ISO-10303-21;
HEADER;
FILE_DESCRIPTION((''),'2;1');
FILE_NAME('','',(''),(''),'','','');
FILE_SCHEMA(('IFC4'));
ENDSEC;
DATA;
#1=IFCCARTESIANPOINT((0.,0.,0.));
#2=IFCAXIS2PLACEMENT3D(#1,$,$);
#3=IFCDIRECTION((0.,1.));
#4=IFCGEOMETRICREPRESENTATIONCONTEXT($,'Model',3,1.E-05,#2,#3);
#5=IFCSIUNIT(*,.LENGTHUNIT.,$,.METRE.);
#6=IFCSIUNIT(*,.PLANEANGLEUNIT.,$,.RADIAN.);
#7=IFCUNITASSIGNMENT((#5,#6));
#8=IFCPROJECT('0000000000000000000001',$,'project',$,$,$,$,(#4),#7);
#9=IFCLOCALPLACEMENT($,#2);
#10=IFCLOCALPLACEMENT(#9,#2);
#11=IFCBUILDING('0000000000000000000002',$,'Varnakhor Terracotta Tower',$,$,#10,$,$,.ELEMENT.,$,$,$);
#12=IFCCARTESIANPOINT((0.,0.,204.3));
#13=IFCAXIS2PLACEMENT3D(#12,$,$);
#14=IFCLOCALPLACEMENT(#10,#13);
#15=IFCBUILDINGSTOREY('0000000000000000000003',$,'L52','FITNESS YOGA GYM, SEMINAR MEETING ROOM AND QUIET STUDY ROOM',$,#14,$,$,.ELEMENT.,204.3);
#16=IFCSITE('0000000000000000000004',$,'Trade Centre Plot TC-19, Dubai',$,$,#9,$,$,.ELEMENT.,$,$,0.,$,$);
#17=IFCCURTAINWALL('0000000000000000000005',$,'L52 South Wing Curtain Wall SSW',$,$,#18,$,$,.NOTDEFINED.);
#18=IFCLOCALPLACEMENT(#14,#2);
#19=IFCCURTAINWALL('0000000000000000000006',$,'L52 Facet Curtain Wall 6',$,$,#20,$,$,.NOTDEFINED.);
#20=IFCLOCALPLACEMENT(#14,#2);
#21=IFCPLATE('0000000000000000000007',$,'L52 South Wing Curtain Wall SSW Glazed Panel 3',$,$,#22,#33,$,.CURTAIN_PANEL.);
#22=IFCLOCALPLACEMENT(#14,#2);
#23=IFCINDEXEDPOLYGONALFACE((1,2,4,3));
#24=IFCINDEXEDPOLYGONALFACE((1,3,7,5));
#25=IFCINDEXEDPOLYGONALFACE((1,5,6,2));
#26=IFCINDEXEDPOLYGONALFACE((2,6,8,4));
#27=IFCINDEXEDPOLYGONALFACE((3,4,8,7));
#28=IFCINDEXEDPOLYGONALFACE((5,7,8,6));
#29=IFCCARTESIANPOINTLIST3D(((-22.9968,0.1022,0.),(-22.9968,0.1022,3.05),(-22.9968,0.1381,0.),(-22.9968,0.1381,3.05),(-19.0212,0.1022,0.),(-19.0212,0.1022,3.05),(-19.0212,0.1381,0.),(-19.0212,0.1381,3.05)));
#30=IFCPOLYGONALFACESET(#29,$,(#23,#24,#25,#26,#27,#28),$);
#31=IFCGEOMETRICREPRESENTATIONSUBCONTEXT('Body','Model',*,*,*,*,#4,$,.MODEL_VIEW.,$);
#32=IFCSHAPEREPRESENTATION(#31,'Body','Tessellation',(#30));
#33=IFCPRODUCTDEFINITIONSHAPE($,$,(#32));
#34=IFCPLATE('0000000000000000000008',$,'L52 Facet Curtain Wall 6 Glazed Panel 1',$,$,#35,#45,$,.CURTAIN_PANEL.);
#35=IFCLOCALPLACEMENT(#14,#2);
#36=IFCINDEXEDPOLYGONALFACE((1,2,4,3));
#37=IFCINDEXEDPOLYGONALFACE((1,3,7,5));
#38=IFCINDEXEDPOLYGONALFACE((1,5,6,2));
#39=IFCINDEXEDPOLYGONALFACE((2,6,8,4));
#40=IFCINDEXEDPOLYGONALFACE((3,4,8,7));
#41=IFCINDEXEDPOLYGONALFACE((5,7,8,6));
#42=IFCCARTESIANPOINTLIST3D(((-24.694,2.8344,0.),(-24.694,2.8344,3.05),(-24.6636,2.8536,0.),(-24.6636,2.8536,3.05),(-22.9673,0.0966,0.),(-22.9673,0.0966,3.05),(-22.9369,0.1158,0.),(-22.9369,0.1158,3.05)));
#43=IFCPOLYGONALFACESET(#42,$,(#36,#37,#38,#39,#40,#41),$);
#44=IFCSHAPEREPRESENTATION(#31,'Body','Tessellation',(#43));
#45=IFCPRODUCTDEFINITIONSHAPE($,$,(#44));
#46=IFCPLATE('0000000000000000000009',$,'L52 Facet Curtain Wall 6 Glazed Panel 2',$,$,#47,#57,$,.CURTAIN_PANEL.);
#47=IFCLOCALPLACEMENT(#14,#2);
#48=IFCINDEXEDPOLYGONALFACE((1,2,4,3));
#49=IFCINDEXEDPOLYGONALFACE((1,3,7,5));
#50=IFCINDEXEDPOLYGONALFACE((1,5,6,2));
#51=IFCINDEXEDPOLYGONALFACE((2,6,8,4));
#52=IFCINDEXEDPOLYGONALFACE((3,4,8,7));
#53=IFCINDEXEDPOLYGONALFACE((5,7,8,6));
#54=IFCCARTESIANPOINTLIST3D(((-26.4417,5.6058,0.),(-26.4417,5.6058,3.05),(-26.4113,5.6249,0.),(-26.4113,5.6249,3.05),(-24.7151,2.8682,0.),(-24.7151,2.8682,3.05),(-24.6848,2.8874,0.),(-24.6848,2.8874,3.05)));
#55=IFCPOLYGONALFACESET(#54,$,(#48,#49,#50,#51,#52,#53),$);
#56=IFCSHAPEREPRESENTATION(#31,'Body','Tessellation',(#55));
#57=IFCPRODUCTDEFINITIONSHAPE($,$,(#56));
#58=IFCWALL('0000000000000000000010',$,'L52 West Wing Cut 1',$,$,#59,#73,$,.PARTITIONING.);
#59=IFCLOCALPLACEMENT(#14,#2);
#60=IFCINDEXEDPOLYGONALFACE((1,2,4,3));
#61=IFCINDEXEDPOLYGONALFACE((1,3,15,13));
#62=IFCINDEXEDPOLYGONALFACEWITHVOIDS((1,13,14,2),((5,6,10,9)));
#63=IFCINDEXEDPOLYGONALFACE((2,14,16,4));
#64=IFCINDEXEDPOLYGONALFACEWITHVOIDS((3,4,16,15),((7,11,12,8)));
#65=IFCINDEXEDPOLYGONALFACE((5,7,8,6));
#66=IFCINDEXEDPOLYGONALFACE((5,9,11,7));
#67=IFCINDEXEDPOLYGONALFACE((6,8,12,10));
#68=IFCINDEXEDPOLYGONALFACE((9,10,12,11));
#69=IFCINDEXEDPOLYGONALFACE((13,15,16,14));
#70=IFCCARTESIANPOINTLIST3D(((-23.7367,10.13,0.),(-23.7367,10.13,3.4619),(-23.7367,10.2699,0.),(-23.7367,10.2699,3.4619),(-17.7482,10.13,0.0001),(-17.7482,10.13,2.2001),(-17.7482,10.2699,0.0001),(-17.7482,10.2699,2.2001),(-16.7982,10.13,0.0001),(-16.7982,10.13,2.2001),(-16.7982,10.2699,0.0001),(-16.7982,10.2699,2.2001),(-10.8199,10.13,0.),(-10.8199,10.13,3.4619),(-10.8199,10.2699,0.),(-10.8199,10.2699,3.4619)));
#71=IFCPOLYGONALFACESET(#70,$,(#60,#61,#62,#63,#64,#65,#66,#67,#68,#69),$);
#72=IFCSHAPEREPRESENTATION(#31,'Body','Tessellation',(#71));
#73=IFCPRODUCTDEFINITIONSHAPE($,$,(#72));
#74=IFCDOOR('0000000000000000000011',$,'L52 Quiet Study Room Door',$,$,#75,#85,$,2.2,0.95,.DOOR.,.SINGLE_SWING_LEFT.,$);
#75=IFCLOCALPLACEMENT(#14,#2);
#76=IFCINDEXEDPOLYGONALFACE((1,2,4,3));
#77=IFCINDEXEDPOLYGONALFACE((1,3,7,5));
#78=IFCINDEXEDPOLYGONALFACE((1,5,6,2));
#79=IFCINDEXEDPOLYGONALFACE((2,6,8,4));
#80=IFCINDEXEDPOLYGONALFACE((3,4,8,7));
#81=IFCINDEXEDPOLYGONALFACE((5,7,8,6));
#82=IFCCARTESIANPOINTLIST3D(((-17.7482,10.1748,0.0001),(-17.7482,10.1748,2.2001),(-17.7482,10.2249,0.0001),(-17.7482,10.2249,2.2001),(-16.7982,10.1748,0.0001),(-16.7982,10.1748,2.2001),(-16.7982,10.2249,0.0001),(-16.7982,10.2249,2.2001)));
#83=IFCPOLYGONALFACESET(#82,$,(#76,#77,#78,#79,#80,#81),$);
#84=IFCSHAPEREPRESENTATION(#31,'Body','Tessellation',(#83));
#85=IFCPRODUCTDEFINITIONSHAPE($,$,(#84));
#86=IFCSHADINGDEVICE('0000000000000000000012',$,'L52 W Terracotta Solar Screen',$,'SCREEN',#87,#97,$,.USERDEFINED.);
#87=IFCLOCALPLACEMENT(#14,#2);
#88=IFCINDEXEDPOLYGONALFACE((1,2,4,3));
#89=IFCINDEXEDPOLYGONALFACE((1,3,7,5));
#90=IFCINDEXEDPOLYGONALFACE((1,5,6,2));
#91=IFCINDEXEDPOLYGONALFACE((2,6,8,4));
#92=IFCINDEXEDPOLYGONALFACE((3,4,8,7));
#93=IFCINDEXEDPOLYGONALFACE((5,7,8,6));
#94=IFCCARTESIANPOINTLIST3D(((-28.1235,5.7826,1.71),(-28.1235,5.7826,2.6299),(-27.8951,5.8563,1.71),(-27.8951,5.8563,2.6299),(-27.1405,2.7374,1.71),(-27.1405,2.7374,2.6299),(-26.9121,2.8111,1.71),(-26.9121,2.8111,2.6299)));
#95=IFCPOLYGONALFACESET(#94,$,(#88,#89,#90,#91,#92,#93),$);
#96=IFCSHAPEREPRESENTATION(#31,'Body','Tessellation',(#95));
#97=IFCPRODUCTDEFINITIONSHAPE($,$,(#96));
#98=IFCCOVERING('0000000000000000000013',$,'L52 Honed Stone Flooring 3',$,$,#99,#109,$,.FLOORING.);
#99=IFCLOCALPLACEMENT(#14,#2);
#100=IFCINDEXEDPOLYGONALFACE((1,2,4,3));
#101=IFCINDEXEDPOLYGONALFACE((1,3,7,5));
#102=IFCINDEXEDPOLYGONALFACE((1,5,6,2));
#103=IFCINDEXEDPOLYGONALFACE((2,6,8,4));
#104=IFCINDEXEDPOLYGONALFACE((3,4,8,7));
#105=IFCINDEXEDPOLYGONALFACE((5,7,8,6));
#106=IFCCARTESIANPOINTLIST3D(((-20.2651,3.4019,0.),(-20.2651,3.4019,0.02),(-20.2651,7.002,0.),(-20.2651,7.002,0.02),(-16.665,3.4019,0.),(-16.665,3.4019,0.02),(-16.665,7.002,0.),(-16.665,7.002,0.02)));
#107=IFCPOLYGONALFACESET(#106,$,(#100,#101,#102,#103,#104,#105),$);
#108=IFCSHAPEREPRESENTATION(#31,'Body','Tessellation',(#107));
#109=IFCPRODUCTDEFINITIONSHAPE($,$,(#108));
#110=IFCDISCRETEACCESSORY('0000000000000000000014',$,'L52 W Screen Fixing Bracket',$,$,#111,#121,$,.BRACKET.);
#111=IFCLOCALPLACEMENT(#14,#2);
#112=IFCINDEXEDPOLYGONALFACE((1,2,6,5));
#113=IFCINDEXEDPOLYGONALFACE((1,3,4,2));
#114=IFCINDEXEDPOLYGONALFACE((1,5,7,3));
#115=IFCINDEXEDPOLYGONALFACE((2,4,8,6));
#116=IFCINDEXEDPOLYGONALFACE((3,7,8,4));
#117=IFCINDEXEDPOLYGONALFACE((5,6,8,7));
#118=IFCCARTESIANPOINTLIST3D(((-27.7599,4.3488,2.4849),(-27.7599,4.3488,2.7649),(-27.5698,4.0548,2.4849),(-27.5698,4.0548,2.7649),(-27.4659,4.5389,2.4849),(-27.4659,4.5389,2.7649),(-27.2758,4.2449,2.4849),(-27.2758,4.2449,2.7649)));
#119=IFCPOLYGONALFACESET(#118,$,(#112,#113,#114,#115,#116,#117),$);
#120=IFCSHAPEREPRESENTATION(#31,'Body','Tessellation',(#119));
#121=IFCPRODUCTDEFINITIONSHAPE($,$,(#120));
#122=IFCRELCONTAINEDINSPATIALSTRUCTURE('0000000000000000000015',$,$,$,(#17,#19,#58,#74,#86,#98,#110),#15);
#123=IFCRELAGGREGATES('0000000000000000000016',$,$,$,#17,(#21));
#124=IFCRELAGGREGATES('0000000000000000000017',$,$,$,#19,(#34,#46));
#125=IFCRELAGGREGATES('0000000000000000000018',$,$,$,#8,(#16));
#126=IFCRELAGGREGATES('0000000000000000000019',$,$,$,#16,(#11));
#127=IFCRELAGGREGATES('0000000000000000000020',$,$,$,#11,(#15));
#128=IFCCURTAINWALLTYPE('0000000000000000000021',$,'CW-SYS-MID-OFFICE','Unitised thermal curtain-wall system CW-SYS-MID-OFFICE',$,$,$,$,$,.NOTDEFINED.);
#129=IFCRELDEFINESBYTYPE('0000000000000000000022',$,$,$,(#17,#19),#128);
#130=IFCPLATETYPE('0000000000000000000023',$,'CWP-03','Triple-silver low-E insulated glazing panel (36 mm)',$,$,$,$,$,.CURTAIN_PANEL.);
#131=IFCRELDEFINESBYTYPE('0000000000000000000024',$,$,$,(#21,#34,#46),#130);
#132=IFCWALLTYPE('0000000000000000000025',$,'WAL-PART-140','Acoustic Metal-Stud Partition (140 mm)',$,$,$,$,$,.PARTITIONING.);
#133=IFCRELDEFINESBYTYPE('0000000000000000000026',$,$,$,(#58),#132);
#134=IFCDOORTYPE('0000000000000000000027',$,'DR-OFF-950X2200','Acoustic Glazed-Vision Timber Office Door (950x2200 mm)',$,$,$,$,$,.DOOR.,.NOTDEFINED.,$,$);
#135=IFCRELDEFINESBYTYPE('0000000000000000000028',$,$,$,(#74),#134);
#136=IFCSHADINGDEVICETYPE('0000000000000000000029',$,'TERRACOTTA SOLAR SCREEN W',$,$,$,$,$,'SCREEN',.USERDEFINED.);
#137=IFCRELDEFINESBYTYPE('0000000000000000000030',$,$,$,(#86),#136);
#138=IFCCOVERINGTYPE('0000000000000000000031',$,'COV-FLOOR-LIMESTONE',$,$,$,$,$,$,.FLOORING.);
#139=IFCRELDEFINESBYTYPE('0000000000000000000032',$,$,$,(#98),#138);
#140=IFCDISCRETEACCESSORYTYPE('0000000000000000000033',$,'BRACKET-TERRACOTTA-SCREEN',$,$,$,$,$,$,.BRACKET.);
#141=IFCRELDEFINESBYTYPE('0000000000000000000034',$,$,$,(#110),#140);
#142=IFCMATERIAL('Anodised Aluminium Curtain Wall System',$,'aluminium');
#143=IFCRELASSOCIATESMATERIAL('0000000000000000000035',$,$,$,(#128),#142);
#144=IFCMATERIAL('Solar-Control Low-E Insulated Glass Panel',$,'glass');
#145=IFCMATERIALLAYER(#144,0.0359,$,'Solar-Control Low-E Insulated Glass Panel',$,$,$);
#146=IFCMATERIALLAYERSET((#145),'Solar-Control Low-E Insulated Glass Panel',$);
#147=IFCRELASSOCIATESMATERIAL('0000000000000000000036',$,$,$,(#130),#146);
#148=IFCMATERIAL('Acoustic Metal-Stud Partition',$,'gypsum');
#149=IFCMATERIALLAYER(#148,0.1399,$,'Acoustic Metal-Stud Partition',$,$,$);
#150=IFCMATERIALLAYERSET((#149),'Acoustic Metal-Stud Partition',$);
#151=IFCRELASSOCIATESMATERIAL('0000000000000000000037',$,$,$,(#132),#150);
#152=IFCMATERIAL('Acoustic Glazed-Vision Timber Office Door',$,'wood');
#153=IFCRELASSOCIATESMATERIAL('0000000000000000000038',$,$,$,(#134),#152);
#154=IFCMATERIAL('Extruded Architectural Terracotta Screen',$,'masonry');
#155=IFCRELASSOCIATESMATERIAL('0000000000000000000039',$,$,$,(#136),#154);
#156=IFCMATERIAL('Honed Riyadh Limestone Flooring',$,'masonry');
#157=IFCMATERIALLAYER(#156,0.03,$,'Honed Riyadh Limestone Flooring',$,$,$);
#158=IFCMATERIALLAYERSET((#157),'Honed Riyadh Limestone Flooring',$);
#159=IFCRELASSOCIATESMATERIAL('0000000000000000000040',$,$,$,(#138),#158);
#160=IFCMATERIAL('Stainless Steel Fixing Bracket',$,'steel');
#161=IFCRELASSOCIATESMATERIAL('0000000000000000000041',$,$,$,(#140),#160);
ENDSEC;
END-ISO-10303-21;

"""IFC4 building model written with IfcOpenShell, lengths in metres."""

from ifc_helpers import new_model, si_unit, direction, frame, frame_2d, origin, origin_2d, place, context, subcontext, project, spatial, rectangle, extrude, source, transform, mapped, material, layer, layer_set, type_object, type_shapes, element, fill, aggregate, save


model = new_model("IFC4")

# Units and contexts
model_context = context("Model", 3, precision=1e-05, world=origin(), true_north=direction((0.0, 1.0)))
body_context = subcontext(model_context, "Body", "Model", "MODEL_VIEW")
ifc_project = project(units=[si_unit("LENGTHUNIT", "METRE"), si_unit("PLANEANGLEUNIT", "RADIAN")], contexts=[model_context])

# Site, building, storey
site_placement = place(None, origin())
site = spatial("IfcSite", under=ifc_project, at=site_placement, Name="Trade Centre Plot TC-19, Dubai", CompositionType="ELEMENT", RefElevation=0.0)
building_placement = place(site_placement, origin())
building = spatial("IfcBuilding", under=site, at=building_placement, Name="Varnakhor Terracotta Tower", CompositionType="ELEMENT")
storey_placement = place(building_placement, frame((0.0, 0.0, 204.3)))
storey = spatial("IfcBuildingStorey", under=building, at=storey_placement, Name="L52", Description="FITNESS YOGA GYM, SEMINAR MEETING ROOM AND QUIET STUDY ROOM", CompositionType="ELEMENT", Elevation=204.3)

# Curtain walls
ifc_material_1 = material(Name="Anodised Aluminium Curtain Wall System", Category="aluminium")
curtain_wall_type = type_object("IfcCurtainWallType", Name="CW-SYS-MID-OFFICE", Description="Unitised thermal curtain-wall system CW-SYS-MID-OFFICE", PredefinedType="NOTDEFINED", material=ifc_material_1)
curtain_wall_1_placement = place(storey_placement, origin())
curtain_wall_1 = element("IfcCurtainWall", 1, at=curtain_wall_1_placement, inside=storey, type_object=curtain_wall_type, Name="L52 South Wing Curtain Wall SSW", PredefinedType="NOTDEFINED")
curtain_wall_2_placement = place(storey_placement, origin())
curtain_wall_2 = element("IfcCurtainWall", 2, at=curtain_wall_2_placement, inside=storey, type_object=curtain_wall_type, Name="L52 Facet Curtain Wall 6", PredefinedType="NOTDEFINED")

# Plates
ifc_material_2 = material(Name="Solar-Control Low-E Insulated Glass Panel", Category="glass")
ifc_layer_1 = layer(ifc_material_2, 0.0359, Name="Solar-Control Low-E Insulated Glass Panel")
ifc_layer_set_1 = layer_set([ifc_layer_1], Name="Solar-Control Low-E Insulated Glass Panel")
plate_type = type_object("IfcPlateType", Name="CWP-03", Description="Triple-silver low-E insulated glazing panel (36 mm)", PredefinedType="CURTAIN_PANEL", material=ifc_layer_set_1)
shared_shape_1 = source(origin(), body_context, "Body", "SweptSolid", [
    extrude(rectangle(XDim=3.9756, YDim=0.0359, at=origin_2d()), origin(), (0.0, 0.0, 1.0), 3.05),
])
plate_1_placement = place(storey_placement, frame((-21.009, 0.1201, 0.0), z_axis=(0.0, 0.0, 1.0), x_axis=(-1.0, 0.0, 0.0)))
plate_1 = element("IfcPlate", 3, at=plate_1_placement, type_object=plate_type, Name="L52 South Wing Curtain Wall SSW Glazed Panel 3", PredefinedType="CURTAIN_PANEL", context=body_context, shape_type="MappedRepresentation", body=[
    mapped(shared_shape_1, transform((0.0, 0.0, 0.0), scale=1.0)),
])
aggregate(curtain_wall_1, [plate_1])
shared_shape_2 = source(origin(), body_context, "Body", "SweptSolid", [
    extrude(rectangle(XDim=3.2368, YDim=0.0359, at=origin_2d()), origin(), (0.0, 0.0, 1.0), 3.05),
])
plate_2_placement = place(storey_placement, frame((-23.8154, 1.4751, 0.0), z_axis=(0.0, 0.0, 1.0), x_axis=(-0.533452, 0.84583, 0.0)))
plate_2 = element("IfcPlate", 4, at=plate_2_placement, type_object=plate_type, Name="L52 Facet Curtain Wall 6 Glazed Panel 1", PredefinedType="CURTAIN_PANEL", context=body_context, shape_type="MappedRepresentation", body=[
    mapped(shared_shape_2, transform((0.0, 0.0, 0.0), scale=1.0)),
])
shared_shape_3 = source(origin(), body_context, "Body", "SweptSolid", [
    extrude(rectangle(XDim=3.2366, YDim=0.0359, at=origin_2d()), origin(), (0.0, 0.0, 1.0), 3.05),
])
plate_3_placement = place(storey_placement, frame((-25.5632, 4.2466, 0.0), z_axis=(0.0, 0.0, 1.0), x_axis=(-0.533452, 0.84583, 0.0)))
plate_3 = element("IfcPlate", 5, at=plate_3_placement, type_object=plate_type, Name="L52 Facet Curtain Wall 6 Glazed Panel 2", PredefinedType="CURTAIN_PANEL", context=body_context, shape_type="MappedRepresentation", body=[
    mapped(shared_shape_3, transform((0.0, 0.0, 0.0), scale=1.0)),
])
aggregate(curtain_wall_2, [plate_2, plate_3])

# Wall, opening, door
ifc_material_3 = material(Name="Acoustic Metal-Stud Partition", Category="gypsum")
ifc_layer_2 = layer(ifc_material_3, 0.1399, Name="Acoustic Metal-Stud Partition")
ifc_layer_set_2 = layer_set([ifc_layer_2], Name="Acoustic Metal-Stud Partition")
wall_type = type_object("IfcWallType", Name="WAL-PART-140", Description="Acoustic Metal-Stud Partition (140 mm)", PredefinedType="PARTITIONING", material=ifc_layer_set_2)
wall_placement = place(storey_placement, frame((-23.7368, 10.2, 0.0), z_axis=(0.0, 0.0, 1.0), x_axis=(1.0, 0.0, 0.0)))
wall = element("IfcWall", 6, at=wall_placement, inside=storey, type_object=wall_type, Name="L52 West Wing Cut 1", PredefinedType="PARTITIONING", context=body_context, shape_type="SweptSolid", body=[
    extrude(rectangle(XDim=12.9167, YDim=0.1399, at=frame_2d((6.4585, 0.0))), origin(), (0.0, 0.0, 1.0), 3.4619),
])
opening_placement = place(wall_placement, frame((5.9885, 0.0, 0.0)))
opening = element("IfcOpeningElement", 7, at=opening_placement, cuts=wall, PredefinedType="OPENING", context=body_context, shape_type="SweptSolid", body=[
    extrude(rectangle(XDim=0.95, YDim=2.2, at=frame_2d((0.4751, 1.1001))), frame((0.0, 0.0801, 0.0), z_axis=(0.0, -1.0, 0.0), x_axis=(1.0, 0.0, 0.0)), (0.0, 0.0, 1.0), 0.1599),
])
ifc_material_4 = material(Name="Acoustic Glazed-Vision Timber Office Door", Category="wood")
door_type = type_object("IfcDoorType", Name="DR-OFF-950X2200", Description="Acoustic Glazed-Vision Timber Office Door (950x2200 mm)", OperationType="NOTDEFINED", PredefinedType="DOOR", material=ifc_material_4)
shared_shape_4 = source(origin(), body_context, "Body", "SweptSolid", [
    extrude(rectangle(XDim=0.95, YDim=2.2, at=frame_2d((0.4751, 1.1001))), frame((0.0, 0.0249, 0.0), z_axis=(0.0, -1.0, 0.0), x_axis=(1.0, 0.0, 0.0)), (0.0, 0.0, 1.0), 0.05),
])
type_shapes(door_type, [shared_shape_4])
door_placement = place(opening_placement, origin())
door = element("IfcDoor", 8, at=door_placement, inside=storey, type_object=door_type, Name="L52 Quiet Study Room Door", OperationType="SINGLE_SWING_LEFT", OverallHeight=2.2, OverallWidth=0.95, PredefinedType="DOOR", context=body_context, shape_type="MappedRepresentation", body=[
    mapped(shared_shape_4, transform((0.0, 0.0, 0.0), scale=1.0)),
])
fill(opening, door)

# Shading device
ifc_material_5 = material(Name="Extruded Architectural Terracotta Screen", Category="masonry")
shading_device_type = type_object("IfcShadingDeviceType", Name="TERRACOTTA SOLAR SCREEN W", ElementType="SCREEN", PredefinedType="USERDEFINED", material=ifc_material_5)
shared_shape_5 = source(origin(), body_context, "Body", "SweptSolid", [
    extrude(rectangle(XDim=3.2, YDim=0.24, at=origin_2d()), origin(), (0.0, 0.0, 1.0), 0.9199),
])
type_shapes(shading_device_type, [shared_shape_5])
shading_device_placement = place(storey_placement, frame((-27.5178, 4.2969, 1.71), z_axis=(0.0, 0.0, 1.0), x_axis=(0.307191, -0.951648, 0.0)))
element("IfcShadingDevice", 9, at=shading_device_placement, inside=storey, type_object=shading_device_type, Name="L52 W Terracotta Solar Screen", ObjectType="SCREEN", PredefinedType="USERDEFINED", context=body_context, shape_type="MappedRepresentation", body=[
    mapped(shared_shape_5, transform((0.0, 0.0, 0.0), scale=1.0)),
])

# Covering
ifc_material_6 = material(Name="Honed Riyadh Limestone Flooring", Category="masonry")
ifc_layer_3 = layer(ifc_material_6, 0.03, Name="Honed Riyadh Limestone Flooring")
ifc_layer_set_3 = layer_set([ifc_layer_3], Name="Honed Riyadh Limestone Flooring")
covering_type = type_object("IfcCoveringType", Name="COV-FLOOR-LIMESTONE", PredefinedType="FLOORING", material=ifc_layer_set_3)
shared_shape_6 = source(origin(), body_context, "Body", "SweptSolid", [
    extrude(rectangle(XDim=3.6001, YDim=3.6001, at=origin_2d()), origin(), (0.0, 0.0, 1.0), 0.02),
])
covering_placement = place(storey_placement, frame((-18.4651, 5.2019, 0.0), z_axis=(0.0, 0.0, 1.0), x_axis=(1.0, 0.0, 0.0)))
element("IfcCovering", 10, at=covering_placement, inside=storey, type_object=covering_type, Name="L52 Honed Stone Flooring 3", PredefinedType="FLOORING", context=body_context, shape_type="MappedRepresentation", body=[
    mapped(shared_shape_6, transform((0.0, 0.0, 0.0), scale=1.0)),
])

# Discrete accessory
ifc_material_7 = material(Name="Stainless Steel Fixing Bracket", Category="steel")
discrete_accessory_type = type_object("IfcDiscreteAccessoryType", Name="BRACKET-TERRACOTTA-SCREEN", PredefinedType="BRACKET", material=ifc_material_7)
shared_shape_7 = source(origin(), body_context, "Body", "SweptSolid", [
    extrude(rectangle(XDim=0.3501, YDim=0.3501, at=origin_2d()), origin(), (0.0, 0.0, 1.0), 0.28),
])
type_shapes(discrete_accessory_type, [shared_shape_7])
discrete_accessory_placement = place(storey_placement, frame((-27.5178, 4.2969, 2.4849), z_axis=(0.0, 0.0, 1.0), x_axis=(0.543028, -0.839715, 0.0)))
element("IfcDiscreteAccessory", 11, at=discrete_accessory_placement, inside=storey, type_object=discrete_accessory_type, Name="L52 W Screen Fixing Bracket", PredefinedType="BRACKET", context=body_context, shape_type="MappedRepresentation", body=[
    mapped(shared_shape_7, transform((0.0, 0.0, 0.0), scale=1.0)),
])

save(model, "model.ifc")
